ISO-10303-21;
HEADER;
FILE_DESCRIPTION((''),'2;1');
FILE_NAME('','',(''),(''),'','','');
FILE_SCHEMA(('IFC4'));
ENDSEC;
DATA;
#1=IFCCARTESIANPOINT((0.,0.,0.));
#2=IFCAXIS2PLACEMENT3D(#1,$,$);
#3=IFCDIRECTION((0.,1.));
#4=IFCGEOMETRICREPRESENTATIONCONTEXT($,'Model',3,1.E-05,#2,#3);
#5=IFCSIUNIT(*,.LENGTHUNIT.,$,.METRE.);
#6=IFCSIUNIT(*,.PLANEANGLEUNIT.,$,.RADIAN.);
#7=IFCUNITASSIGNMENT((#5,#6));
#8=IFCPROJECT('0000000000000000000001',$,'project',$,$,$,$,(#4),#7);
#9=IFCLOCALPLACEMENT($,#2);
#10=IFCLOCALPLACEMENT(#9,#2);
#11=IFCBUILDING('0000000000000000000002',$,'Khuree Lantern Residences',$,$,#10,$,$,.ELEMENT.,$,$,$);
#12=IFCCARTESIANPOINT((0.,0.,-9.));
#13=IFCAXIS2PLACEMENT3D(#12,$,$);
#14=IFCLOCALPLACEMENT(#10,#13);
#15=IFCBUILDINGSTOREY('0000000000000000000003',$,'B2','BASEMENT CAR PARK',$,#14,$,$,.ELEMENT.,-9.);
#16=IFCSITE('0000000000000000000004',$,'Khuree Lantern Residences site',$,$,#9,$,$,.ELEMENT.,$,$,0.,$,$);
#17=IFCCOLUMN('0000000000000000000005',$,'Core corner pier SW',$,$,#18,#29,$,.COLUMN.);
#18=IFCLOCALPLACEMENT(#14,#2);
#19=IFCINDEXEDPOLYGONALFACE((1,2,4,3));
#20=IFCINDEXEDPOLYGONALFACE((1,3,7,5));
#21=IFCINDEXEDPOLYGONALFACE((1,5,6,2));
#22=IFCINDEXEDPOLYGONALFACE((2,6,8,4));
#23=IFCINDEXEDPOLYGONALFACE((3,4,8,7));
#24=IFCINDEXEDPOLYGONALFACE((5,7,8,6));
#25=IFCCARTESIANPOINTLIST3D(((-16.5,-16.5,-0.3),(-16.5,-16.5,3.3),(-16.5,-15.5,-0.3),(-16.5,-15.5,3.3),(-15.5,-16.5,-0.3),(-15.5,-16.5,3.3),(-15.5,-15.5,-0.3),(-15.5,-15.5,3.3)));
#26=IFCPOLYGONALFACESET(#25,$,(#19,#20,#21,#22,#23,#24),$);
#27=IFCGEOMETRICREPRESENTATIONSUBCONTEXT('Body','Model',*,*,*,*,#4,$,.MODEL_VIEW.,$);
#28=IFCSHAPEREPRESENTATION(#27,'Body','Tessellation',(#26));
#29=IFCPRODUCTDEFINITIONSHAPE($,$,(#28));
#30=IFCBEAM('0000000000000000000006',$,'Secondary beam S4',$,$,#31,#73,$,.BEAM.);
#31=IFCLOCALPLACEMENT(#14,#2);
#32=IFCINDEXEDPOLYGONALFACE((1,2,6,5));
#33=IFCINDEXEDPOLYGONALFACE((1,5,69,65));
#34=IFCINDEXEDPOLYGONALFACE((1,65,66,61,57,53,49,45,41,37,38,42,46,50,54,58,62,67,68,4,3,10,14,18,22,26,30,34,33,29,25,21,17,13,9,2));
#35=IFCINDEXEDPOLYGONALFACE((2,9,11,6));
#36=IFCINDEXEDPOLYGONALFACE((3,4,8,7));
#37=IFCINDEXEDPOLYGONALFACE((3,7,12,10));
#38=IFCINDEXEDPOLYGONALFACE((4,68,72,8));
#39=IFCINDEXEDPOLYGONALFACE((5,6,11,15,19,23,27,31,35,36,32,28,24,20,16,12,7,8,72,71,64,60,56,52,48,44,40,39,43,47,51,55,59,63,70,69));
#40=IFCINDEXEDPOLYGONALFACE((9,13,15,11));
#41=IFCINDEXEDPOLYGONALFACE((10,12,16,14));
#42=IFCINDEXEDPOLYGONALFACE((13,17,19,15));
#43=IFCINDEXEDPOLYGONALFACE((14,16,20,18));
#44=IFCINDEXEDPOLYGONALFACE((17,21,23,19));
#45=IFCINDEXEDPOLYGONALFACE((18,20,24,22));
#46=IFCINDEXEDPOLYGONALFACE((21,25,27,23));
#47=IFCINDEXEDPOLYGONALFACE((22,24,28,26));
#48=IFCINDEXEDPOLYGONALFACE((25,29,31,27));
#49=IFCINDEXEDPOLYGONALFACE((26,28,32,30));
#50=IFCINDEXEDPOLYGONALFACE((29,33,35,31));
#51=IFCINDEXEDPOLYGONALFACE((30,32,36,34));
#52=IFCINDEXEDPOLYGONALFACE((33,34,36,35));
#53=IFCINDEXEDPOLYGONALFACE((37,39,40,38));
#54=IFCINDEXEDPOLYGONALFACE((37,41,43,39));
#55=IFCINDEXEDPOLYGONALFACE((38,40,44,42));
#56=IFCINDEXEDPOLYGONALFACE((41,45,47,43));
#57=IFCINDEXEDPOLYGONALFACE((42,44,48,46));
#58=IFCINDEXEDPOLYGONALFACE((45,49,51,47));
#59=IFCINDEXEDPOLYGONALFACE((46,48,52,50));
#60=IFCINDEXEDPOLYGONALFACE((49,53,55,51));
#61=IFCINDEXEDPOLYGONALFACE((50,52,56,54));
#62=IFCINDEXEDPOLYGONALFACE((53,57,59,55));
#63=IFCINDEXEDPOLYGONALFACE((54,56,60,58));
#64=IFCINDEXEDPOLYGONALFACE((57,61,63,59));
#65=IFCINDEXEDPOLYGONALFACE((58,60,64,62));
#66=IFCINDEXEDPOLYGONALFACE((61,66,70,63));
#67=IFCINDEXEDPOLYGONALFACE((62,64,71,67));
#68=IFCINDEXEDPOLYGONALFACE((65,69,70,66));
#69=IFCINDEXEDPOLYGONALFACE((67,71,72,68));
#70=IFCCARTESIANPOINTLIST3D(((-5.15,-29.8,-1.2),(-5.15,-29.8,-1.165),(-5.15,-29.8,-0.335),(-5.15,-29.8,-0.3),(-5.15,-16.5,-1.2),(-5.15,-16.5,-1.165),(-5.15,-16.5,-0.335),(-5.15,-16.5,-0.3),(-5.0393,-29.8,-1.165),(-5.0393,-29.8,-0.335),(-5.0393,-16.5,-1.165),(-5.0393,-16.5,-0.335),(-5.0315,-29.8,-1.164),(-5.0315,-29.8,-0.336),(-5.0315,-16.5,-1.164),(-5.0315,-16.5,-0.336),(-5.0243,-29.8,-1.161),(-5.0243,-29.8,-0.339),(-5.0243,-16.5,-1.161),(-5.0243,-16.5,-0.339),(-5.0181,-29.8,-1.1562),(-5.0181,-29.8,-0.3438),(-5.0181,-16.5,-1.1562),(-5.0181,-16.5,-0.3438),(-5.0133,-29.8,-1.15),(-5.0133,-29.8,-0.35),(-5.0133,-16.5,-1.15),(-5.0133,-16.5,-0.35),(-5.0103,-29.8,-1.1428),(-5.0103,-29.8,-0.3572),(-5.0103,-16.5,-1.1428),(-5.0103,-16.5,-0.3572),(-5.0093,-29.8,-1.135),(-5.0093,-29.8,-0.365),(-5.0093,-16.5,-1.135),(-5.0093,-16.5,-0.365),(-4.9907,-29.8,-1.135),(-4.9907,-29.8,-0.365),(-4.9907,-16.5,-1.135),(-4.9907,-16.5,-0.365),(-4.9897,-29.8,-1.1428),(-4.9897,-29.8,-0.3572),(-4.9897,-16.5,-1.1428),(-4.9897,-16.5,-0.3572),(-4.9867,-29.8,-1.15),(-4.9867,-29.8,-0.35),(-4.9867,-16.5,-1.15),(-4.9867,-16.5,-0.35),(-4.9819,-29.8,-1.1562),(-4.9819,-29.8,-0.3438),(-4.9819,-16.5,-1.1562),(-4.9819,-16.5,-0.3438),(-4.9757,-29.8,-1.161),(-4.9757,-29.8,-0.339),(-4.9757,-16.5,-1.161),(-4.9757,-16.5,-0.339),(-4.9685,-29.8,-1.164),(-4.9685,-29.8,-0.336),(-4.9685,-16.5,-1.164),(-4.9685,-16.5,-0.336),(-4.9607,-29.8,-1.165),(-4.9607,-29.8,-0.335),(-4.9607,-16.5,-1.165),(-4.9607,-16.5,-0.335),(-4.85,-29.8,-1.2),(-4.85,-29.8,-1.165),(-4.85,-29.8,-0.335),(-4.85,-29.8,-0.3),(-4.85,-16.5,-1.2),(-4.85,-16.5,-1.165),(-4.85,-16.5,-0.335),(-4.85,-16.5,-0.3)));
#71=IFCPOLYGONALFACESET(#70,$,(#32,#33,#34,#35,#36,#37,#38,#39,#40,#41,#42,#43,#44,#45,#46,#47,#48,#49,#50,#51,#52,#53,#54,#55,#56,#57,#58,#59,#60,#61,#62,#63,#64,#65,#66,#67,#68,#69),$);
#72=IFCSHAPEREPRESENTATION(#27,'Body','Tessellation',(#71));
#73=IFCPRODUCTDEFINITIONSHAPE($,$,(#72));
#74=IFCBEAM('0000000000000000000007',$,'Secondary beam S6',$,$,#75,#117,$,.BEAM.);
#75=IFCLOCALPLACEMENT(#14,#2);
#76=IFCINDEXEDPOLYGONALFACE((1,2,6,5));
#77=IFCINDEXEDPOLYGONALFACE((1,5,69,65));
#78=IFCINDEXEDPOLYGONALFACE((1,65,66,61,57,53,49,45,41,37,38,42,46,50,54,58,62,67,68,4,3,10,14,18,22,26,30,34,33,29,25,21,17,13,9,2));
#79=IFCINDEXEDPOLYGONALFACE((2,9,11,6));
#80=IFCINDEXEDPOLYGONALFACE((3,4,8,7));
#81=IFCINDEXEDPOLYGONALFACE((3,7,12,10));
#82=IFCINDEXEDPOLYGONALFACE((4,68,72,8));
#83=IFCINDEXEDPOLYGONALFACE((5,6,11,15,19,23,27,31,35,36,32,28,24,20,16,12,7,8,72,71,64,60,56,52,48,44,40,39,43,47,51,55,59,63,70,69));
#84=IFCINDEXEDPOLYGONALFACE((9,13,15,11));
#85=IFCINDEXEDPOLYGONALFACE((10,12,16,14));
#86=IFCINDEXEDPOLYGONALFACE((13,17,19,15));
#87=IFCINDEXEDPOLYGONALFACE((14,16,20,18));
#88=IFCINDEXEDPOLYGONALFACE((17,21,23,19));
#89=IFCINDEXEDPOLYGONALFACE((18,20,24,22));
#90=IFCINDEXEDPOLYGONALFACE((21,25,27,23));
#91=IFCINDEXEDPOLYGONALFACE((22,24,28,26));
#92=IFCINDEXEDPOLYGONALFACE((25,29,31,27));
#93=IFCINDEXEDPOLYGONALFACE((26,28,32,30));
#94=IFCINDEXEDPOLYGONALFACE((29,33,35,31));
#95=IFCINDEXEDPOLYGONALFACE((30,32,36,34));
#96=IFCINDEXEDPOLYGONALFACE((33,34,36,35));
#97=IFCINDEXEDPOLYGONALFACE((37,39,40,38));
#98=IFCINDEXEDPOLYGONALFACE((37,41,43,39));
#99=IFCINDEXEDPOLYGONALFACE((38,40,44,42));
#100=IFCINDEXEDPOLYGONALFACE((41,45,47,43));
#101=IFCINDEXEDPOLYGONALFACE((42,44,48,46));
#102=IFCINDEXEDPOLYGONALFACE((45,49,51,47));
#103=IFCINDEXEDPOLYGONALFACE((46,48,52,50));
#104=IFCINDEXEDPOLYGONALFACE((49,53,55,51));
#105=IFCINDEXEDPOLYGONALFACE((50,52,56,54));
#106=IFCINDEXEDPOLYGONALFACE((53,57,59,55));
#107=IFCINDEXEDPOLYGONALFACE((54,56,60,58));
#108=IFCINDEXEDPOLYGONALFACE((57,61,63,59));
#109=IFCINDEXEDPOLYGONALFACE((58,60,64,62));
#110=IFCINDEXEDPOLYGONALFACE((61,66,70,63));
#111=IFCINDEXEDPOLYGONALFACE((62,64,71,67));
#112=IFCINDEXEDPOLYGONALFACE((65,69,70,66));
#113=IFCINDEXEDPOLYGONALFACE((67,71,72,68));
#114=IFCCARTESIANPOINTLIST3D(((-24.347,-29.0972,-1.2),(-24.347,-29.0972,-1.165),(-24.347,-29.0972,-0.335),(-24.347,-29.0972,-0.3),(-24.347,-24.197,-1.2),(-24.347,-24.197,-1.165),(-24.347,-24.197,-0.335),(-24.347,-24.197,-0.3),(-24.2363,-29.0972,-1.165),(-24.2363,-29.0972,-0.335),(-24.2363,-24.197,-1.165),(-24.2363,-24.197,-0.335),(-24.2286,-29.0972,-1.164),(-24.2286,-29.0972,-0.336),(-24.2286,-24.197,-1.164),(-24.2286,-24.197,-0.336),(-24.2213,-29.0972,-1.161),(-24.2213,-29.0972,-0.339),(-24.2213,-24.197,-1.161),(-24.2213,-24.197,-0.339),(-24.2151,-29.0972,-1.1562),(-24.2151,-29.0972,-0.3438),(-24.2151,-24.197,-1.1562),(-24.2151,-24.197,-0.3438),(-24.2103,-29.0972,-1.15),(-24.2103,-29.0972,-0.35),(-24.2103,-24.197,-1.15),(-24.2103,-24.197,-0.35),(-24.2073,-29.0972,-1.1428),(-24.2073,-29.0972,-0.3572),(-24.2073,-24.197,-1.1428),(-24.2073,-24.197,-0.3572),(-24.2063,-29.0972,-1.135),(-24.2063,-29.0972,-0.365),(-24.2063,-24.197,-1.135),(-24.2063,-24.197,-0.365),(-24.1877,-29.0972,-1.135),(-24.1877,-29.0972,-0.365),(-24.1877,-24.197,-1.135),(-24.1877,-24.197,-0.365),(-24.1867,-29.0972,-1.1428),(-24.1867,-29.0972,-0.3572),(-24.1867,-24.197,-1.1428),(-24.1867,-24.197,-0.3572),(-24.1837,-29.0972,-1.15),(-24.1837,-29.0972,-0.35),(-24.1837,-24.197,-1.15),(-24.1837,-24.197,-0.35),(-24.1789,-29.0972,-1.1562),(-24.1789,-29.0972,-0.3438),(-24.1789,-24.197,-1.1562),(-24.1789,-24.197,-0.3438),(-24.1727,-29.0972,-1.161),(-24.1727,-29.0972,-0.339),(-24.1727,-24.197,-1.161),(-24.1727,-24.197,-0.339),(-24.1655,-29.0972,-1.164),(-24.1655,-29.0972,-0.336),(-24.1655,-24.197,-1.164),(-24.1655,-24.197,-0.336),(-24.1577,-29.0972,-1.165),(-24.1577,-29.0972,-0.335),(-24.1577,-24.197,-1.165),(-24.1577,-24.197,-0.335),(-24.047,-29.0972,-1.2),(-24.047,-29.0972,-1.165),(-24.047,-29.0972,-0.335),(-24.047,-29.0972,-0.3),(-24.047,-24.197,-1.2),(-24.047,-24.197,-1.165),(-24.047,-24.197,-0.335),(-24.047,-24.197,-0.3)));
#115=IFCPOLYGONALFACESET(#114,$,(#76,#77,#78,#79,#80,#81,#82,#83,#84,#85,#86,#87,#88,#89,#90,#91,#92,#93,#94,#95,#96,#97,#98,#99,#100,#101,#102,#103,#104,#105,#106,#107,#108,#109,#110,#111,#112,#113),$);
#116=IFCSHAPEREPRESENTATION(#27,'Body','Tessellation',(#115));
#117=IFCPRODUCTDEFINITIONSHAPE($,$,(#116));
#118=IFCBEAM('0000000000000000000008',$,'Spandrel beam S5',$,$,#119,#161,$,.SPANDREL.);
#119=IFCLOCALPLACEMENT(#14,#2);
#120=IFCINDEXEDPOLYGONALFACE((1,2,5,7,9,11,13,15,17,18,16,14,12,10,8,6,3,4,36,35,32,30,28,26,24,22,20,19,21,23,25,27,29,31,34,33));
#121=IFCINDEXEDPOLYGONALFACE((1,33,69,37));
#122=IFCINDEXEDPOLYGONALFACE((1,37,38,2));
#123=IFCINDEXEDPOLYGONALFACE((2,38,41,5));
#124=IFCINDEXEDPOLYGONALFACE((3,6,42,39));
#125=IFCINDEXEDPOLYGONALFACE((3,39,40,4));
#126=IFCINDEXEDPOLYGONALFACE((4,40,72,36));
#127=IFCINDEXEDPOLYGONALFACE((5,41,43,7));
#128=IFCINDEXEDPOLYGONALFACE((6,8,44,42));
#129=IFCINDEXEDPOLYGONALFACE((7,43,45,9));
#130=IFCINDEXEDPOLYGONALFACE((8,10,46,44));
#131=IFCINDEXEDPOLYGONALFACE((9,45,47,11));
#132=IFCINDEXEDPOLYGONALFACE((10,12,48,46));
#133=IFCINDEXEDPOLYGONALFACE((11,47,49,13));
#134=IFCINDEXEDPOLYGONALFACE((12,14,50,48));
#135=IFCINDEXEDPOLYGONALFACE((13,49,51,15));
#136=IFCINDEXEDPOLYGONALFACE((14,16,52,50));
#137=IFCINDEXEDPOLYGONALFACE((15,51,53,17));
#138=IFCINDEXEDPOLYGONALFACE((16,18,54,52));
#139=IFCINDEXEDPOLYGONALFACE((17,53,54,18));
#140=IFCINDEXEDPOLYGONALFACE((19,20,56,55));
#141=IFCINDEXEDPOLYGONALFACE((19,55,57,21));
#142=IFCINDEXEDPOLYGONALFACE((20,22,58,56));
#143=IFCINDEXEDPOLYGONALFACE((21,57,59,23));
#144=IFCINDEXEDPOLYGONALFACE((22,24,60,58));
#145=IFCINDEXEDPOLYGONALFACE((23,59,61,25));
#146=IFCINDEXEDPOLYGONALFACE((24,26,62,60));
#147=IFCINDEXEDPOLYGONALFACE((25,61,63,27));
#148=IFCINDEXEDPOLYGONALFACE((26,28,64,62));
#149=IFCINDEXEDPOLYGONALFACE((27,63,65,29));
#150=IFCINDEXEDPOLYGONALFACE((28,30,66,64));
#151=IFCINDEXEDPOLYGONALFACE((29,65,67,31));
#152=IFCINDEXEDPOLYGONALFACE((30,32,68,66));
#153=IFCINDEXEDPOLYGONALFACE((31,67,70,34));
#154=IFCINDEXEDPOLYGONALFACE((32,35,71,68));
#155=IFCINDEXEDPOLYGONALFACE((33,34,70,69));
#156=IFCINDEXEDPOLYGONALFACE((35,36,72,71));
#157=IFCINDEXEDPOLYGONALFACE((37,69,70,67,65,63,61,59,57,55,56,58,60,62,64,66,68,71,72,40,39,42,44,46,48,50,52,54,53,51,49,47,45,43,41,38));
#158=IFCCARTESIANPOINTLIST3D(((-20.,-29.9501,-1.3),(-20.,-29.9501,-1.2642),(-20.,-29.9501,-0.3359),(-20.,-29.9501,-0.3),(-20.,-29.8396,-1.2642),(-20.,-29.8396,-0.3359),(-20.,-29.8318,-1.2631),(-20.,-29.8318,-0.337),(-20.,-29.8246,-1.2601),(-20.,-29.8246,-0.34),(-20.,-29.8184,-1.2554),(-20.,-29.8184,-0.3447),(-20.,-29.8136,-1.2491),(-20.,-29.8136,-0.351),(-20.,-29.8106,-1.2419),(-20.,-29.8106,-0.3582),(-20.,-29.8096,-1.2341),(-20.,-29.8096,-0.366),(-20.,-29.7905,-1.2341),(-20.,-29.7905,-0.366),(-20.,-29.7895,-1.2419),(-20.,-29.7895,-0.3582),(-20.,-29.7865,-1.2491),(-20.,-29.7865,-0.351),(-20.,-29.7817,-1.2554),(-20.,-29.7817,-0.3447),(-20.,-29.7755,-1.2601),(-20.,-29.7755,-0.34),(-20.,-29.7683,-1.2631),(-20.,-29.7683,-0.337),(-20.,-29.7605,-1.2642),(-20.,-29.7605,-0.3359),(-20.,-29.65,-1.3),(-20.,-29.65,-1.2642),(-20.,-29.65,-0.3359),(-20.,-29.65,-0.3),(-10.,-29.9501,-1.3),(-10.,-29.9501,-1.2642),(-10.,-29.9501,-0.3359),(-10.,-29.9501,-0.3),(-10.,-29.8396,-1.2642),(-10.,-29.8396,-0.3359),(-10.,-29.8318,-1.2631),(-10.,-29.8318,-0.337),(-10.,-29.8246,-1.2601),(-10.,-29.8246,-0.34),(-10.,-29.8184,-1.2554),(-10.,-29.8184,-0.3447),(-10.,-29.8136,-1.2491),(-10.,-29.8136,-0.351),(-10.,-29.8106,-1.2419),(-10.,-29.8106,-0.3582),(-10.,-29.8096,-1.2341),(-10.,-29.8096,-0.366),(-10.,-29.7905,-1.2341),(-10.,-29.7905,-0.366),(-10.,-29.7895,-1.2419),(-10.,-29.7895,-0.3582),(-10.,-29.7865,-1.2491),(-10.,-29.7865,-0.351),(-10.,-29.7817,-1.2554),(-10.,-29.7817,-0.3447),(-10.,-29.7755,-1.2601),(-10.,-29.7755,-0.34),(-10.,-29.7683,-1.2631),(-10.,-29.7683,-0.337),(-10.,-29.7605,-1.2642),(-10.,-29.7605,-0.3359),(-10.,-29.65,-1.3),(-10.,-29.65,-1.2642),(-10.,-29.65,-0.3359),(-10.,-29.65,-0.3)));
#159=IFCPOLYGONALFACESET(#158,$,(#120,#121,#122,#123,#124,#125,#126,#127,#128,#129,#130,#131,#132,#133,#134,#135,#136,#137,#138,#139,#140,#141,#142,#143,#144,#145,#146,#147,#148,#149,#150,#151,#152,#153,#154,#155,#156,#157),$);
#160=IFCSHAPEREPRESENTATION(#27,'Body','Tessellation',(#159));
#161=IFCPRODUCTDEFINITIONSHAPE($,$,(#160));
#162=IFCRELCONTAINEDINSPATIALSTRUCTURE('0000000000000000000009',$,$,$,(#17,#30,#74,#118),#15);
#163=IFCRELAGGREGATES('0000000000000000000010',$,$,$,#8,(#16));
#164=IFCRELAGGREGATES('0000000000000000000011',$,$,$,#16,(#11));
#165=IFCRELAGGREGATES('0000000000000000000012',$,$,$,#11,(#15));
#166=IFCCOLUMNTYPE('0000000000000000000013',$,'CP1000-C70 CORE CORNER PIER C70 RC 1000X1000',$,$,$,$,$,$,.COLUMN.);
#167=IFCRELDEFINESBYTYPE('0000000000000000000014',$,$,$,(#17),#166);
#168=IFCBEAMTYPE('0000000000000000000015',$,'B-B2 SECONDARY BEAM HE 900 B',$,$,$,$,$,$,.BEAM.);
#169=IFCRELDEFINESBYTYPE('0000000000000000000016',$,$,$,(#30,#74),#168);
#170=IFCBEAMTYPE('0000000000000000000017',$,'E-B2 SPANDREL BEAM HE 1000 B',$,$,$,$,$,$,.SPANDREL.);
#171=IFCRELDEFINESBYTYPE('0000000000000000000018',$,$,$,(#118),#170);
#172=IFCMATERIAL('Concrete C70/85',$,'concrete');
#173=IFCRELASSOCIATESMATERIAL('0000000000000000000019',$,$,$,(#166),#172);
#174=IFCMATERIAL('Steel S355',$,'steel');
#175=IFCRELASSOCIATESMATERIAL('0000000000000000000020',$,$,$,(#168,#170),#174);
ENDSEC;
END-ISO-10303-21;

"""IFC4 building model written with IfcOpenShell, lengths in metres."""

from ifc_helpers import new_model, si_unit, direction, frame, origin, origin_2d, place, context, subcontext, project, spatial, rectangle, i_section, extrude, material, material_profile, profile_set, type_object, element, save


model = new_model("IFC4")

# Units and contexts
model_context = context("Model", 3, precision=1e-05, world=origin(), true_north=direction((0.0, 1.0)))
body_context = subcontext(model_context, "Body", "Model", "MODEL_VIEW")
ifc_project = project(units=[si_unit("LENGTHUNIT", "METRE"), si_unit("PLANEANGLEUNIT", "RADIAN")], contexts=[model_context])

# Site, building, storey
site_placement = place(None, origin())
site = spatial("IfcSite", under=ifc_project, at=site_placement, Name="Khuree Lantern Residences site", CompositionType="ELEMENT", RefElevation=0.0)
building_placement = place(site_placement, origin())
building = spatial("IfcBuilding", under=site, at=building_placement, Name="Khuree Lantern Residences", CompositionType="ELEMENT")
storey_placement = place(building_placement, frame((0.0, 0.0, -9.0)))
storey = spatial("IfcBuildingStorey", under=building, at=storey_placement, Name="B2", Description="BASEMENT CAR PARK", CompositionType="ELEMENT", Elevation=-9.0)

# Column
ifc_material_1 = material(Name="Concrete C70/85", Category="concrete")
ifc_material_profile_1 = material_profile(ifc_material_1, rectangle(XDim=1.0, YDim=1.0, at=origin_2d()), Name="RC 1000X1000")
ifc_profile_set_1 = profile_set([ifc_material_profile_1], Name="Concrete C70/85")
column_type = type_object("IfcColumnType", Name="CP1000-C70 CORE CORNER PIER C70 RC 1000X1000", PredefinedType="COLUMN", material=ifc_profile_set_1)
column_placement = place(storey_placement, frame((-16.0, -16.0, -0.3), z_axis=(0.0, 0.0, 1.0), x_axis=(1.0, 0.0, 0.0)))
element("IfcColumn", 1, at=column_placement, inside=storey, type_object=column_type, Name="Core corner pier SW", PredefinedType="COLUMN", context=body_context, shape_type="SweptSolid", body=[
    extrude(rectangle(XDim=1.0, YDim=1.0, at=origin_2d()), origin(), (0.0, 0.0, 1.0), 3.6001),
])

# Beams
ifc_material_2 = material(Name="Steel S355", Category="steel")
ifc_material_profile_2 = material_profile(ifc_material_2, i_section(OverallWidth=0.3, OverallDepth=0.8999, WebThickness=0.0186, FlangeThickness=0.0349, FilletRadius=0.03, at=origin_2d()), Name="HE 900 B")
ifc_profile_set_2 = profile_set([ifc_material_profile_2], Name="Steel S355")
beam_type_1 = type_object("IfcBeamType", Name="B-B2 SECONDARY BEAM HE 900 B", PredefinedType="BEAM", material=ifc_profile_set_2)
beam_1_placement = place(storey_placement, frame((-5.0, -29.8, -0.75), z_axis=(0.0, 1.0, 0.0), x_axis=(-1.0, 0.0, 0.0)))
element("IfcBeam", 2, at=beam_1_placement, inside=storey, type_object=beam_type_1, Name="Secondary beam S4", PredefinedType="BEAM", context=body_context, shape_type="SweptSolid", body=[
    extrude(i_section(OverallWidth=0.3, OverallDepth=0.8999, WebThickness=0.0186, FlangeThickness=0.0349, FilletRadius=0.03, at=origin_2d()), origin(), (0.0, 0.0, 1.0), 13.3),
])
beam_2_placement = place(storey_placement, frame((-24.197, -29.0972, -0.75), z_axis=(0.0, 1.0, 0.0), x_axis=(-1.0, 0.0, 0.0)))
element("IfcBeam", 3, at=beam_2_placement, inside=storey, type_object=beam_type_1, Name="Secondary beam S6", PredefinedType="BEAM", context=body_context, shape_type="SweptSolid", body=[
    extrude(i_section(OverallWidth=0.3, OverallDepth=0.8999, WebThickness=0.0186, FlangeThickness=0.0349, FilletRadius=0.03, at=origin_2d()), origin(), (0.0, 0.0, 1.0), 4.9001),
])
ifc_material_profile_3 = material_profile(ifc_material_2, i_section(OverallWidth=0.3, OverallDepth=1.0, WebThickness=0.019, FlangeThickness=0.0359, FilletRadius=0.03, at=origin_2d()), Name="HE 1000 B")
ifc_profile_set_3 = profile_set([ifc_material_profile_3], Name="Steel S355")
beam_type_2 = type_object("IfcBeamType", Name="E-B2 SPANDREL BEAM HE 1000 B", PredefinedType="SPANDREL", material=ifc_profile_set_3)
beam_3_placement = place(storey_placement, frame((-10.0, -29.8, -0.8), z_axis=(-1.0, 0.0, 0.0), x_axis=(0.0, -1.0, 0.0)))
element("IfcBeam", 4, at=beam_3_placement, inside=storey, type_object=beam_type_2, Name="Spandrel beam S5", PredefinedType="SPANDREL", context=body_context, shape_type="SweptSolid", body=[
    extrude(i_section(OverallWidth=0.3, OverallDepth=1.0, WebThickness=0.019, FlangeThickness=0.0359, FilletRadius=0.03, at=origin_2d()), origin(), (0.0, 0.0, 1.0), 10.0),
])

save(model, "model.ifc")
